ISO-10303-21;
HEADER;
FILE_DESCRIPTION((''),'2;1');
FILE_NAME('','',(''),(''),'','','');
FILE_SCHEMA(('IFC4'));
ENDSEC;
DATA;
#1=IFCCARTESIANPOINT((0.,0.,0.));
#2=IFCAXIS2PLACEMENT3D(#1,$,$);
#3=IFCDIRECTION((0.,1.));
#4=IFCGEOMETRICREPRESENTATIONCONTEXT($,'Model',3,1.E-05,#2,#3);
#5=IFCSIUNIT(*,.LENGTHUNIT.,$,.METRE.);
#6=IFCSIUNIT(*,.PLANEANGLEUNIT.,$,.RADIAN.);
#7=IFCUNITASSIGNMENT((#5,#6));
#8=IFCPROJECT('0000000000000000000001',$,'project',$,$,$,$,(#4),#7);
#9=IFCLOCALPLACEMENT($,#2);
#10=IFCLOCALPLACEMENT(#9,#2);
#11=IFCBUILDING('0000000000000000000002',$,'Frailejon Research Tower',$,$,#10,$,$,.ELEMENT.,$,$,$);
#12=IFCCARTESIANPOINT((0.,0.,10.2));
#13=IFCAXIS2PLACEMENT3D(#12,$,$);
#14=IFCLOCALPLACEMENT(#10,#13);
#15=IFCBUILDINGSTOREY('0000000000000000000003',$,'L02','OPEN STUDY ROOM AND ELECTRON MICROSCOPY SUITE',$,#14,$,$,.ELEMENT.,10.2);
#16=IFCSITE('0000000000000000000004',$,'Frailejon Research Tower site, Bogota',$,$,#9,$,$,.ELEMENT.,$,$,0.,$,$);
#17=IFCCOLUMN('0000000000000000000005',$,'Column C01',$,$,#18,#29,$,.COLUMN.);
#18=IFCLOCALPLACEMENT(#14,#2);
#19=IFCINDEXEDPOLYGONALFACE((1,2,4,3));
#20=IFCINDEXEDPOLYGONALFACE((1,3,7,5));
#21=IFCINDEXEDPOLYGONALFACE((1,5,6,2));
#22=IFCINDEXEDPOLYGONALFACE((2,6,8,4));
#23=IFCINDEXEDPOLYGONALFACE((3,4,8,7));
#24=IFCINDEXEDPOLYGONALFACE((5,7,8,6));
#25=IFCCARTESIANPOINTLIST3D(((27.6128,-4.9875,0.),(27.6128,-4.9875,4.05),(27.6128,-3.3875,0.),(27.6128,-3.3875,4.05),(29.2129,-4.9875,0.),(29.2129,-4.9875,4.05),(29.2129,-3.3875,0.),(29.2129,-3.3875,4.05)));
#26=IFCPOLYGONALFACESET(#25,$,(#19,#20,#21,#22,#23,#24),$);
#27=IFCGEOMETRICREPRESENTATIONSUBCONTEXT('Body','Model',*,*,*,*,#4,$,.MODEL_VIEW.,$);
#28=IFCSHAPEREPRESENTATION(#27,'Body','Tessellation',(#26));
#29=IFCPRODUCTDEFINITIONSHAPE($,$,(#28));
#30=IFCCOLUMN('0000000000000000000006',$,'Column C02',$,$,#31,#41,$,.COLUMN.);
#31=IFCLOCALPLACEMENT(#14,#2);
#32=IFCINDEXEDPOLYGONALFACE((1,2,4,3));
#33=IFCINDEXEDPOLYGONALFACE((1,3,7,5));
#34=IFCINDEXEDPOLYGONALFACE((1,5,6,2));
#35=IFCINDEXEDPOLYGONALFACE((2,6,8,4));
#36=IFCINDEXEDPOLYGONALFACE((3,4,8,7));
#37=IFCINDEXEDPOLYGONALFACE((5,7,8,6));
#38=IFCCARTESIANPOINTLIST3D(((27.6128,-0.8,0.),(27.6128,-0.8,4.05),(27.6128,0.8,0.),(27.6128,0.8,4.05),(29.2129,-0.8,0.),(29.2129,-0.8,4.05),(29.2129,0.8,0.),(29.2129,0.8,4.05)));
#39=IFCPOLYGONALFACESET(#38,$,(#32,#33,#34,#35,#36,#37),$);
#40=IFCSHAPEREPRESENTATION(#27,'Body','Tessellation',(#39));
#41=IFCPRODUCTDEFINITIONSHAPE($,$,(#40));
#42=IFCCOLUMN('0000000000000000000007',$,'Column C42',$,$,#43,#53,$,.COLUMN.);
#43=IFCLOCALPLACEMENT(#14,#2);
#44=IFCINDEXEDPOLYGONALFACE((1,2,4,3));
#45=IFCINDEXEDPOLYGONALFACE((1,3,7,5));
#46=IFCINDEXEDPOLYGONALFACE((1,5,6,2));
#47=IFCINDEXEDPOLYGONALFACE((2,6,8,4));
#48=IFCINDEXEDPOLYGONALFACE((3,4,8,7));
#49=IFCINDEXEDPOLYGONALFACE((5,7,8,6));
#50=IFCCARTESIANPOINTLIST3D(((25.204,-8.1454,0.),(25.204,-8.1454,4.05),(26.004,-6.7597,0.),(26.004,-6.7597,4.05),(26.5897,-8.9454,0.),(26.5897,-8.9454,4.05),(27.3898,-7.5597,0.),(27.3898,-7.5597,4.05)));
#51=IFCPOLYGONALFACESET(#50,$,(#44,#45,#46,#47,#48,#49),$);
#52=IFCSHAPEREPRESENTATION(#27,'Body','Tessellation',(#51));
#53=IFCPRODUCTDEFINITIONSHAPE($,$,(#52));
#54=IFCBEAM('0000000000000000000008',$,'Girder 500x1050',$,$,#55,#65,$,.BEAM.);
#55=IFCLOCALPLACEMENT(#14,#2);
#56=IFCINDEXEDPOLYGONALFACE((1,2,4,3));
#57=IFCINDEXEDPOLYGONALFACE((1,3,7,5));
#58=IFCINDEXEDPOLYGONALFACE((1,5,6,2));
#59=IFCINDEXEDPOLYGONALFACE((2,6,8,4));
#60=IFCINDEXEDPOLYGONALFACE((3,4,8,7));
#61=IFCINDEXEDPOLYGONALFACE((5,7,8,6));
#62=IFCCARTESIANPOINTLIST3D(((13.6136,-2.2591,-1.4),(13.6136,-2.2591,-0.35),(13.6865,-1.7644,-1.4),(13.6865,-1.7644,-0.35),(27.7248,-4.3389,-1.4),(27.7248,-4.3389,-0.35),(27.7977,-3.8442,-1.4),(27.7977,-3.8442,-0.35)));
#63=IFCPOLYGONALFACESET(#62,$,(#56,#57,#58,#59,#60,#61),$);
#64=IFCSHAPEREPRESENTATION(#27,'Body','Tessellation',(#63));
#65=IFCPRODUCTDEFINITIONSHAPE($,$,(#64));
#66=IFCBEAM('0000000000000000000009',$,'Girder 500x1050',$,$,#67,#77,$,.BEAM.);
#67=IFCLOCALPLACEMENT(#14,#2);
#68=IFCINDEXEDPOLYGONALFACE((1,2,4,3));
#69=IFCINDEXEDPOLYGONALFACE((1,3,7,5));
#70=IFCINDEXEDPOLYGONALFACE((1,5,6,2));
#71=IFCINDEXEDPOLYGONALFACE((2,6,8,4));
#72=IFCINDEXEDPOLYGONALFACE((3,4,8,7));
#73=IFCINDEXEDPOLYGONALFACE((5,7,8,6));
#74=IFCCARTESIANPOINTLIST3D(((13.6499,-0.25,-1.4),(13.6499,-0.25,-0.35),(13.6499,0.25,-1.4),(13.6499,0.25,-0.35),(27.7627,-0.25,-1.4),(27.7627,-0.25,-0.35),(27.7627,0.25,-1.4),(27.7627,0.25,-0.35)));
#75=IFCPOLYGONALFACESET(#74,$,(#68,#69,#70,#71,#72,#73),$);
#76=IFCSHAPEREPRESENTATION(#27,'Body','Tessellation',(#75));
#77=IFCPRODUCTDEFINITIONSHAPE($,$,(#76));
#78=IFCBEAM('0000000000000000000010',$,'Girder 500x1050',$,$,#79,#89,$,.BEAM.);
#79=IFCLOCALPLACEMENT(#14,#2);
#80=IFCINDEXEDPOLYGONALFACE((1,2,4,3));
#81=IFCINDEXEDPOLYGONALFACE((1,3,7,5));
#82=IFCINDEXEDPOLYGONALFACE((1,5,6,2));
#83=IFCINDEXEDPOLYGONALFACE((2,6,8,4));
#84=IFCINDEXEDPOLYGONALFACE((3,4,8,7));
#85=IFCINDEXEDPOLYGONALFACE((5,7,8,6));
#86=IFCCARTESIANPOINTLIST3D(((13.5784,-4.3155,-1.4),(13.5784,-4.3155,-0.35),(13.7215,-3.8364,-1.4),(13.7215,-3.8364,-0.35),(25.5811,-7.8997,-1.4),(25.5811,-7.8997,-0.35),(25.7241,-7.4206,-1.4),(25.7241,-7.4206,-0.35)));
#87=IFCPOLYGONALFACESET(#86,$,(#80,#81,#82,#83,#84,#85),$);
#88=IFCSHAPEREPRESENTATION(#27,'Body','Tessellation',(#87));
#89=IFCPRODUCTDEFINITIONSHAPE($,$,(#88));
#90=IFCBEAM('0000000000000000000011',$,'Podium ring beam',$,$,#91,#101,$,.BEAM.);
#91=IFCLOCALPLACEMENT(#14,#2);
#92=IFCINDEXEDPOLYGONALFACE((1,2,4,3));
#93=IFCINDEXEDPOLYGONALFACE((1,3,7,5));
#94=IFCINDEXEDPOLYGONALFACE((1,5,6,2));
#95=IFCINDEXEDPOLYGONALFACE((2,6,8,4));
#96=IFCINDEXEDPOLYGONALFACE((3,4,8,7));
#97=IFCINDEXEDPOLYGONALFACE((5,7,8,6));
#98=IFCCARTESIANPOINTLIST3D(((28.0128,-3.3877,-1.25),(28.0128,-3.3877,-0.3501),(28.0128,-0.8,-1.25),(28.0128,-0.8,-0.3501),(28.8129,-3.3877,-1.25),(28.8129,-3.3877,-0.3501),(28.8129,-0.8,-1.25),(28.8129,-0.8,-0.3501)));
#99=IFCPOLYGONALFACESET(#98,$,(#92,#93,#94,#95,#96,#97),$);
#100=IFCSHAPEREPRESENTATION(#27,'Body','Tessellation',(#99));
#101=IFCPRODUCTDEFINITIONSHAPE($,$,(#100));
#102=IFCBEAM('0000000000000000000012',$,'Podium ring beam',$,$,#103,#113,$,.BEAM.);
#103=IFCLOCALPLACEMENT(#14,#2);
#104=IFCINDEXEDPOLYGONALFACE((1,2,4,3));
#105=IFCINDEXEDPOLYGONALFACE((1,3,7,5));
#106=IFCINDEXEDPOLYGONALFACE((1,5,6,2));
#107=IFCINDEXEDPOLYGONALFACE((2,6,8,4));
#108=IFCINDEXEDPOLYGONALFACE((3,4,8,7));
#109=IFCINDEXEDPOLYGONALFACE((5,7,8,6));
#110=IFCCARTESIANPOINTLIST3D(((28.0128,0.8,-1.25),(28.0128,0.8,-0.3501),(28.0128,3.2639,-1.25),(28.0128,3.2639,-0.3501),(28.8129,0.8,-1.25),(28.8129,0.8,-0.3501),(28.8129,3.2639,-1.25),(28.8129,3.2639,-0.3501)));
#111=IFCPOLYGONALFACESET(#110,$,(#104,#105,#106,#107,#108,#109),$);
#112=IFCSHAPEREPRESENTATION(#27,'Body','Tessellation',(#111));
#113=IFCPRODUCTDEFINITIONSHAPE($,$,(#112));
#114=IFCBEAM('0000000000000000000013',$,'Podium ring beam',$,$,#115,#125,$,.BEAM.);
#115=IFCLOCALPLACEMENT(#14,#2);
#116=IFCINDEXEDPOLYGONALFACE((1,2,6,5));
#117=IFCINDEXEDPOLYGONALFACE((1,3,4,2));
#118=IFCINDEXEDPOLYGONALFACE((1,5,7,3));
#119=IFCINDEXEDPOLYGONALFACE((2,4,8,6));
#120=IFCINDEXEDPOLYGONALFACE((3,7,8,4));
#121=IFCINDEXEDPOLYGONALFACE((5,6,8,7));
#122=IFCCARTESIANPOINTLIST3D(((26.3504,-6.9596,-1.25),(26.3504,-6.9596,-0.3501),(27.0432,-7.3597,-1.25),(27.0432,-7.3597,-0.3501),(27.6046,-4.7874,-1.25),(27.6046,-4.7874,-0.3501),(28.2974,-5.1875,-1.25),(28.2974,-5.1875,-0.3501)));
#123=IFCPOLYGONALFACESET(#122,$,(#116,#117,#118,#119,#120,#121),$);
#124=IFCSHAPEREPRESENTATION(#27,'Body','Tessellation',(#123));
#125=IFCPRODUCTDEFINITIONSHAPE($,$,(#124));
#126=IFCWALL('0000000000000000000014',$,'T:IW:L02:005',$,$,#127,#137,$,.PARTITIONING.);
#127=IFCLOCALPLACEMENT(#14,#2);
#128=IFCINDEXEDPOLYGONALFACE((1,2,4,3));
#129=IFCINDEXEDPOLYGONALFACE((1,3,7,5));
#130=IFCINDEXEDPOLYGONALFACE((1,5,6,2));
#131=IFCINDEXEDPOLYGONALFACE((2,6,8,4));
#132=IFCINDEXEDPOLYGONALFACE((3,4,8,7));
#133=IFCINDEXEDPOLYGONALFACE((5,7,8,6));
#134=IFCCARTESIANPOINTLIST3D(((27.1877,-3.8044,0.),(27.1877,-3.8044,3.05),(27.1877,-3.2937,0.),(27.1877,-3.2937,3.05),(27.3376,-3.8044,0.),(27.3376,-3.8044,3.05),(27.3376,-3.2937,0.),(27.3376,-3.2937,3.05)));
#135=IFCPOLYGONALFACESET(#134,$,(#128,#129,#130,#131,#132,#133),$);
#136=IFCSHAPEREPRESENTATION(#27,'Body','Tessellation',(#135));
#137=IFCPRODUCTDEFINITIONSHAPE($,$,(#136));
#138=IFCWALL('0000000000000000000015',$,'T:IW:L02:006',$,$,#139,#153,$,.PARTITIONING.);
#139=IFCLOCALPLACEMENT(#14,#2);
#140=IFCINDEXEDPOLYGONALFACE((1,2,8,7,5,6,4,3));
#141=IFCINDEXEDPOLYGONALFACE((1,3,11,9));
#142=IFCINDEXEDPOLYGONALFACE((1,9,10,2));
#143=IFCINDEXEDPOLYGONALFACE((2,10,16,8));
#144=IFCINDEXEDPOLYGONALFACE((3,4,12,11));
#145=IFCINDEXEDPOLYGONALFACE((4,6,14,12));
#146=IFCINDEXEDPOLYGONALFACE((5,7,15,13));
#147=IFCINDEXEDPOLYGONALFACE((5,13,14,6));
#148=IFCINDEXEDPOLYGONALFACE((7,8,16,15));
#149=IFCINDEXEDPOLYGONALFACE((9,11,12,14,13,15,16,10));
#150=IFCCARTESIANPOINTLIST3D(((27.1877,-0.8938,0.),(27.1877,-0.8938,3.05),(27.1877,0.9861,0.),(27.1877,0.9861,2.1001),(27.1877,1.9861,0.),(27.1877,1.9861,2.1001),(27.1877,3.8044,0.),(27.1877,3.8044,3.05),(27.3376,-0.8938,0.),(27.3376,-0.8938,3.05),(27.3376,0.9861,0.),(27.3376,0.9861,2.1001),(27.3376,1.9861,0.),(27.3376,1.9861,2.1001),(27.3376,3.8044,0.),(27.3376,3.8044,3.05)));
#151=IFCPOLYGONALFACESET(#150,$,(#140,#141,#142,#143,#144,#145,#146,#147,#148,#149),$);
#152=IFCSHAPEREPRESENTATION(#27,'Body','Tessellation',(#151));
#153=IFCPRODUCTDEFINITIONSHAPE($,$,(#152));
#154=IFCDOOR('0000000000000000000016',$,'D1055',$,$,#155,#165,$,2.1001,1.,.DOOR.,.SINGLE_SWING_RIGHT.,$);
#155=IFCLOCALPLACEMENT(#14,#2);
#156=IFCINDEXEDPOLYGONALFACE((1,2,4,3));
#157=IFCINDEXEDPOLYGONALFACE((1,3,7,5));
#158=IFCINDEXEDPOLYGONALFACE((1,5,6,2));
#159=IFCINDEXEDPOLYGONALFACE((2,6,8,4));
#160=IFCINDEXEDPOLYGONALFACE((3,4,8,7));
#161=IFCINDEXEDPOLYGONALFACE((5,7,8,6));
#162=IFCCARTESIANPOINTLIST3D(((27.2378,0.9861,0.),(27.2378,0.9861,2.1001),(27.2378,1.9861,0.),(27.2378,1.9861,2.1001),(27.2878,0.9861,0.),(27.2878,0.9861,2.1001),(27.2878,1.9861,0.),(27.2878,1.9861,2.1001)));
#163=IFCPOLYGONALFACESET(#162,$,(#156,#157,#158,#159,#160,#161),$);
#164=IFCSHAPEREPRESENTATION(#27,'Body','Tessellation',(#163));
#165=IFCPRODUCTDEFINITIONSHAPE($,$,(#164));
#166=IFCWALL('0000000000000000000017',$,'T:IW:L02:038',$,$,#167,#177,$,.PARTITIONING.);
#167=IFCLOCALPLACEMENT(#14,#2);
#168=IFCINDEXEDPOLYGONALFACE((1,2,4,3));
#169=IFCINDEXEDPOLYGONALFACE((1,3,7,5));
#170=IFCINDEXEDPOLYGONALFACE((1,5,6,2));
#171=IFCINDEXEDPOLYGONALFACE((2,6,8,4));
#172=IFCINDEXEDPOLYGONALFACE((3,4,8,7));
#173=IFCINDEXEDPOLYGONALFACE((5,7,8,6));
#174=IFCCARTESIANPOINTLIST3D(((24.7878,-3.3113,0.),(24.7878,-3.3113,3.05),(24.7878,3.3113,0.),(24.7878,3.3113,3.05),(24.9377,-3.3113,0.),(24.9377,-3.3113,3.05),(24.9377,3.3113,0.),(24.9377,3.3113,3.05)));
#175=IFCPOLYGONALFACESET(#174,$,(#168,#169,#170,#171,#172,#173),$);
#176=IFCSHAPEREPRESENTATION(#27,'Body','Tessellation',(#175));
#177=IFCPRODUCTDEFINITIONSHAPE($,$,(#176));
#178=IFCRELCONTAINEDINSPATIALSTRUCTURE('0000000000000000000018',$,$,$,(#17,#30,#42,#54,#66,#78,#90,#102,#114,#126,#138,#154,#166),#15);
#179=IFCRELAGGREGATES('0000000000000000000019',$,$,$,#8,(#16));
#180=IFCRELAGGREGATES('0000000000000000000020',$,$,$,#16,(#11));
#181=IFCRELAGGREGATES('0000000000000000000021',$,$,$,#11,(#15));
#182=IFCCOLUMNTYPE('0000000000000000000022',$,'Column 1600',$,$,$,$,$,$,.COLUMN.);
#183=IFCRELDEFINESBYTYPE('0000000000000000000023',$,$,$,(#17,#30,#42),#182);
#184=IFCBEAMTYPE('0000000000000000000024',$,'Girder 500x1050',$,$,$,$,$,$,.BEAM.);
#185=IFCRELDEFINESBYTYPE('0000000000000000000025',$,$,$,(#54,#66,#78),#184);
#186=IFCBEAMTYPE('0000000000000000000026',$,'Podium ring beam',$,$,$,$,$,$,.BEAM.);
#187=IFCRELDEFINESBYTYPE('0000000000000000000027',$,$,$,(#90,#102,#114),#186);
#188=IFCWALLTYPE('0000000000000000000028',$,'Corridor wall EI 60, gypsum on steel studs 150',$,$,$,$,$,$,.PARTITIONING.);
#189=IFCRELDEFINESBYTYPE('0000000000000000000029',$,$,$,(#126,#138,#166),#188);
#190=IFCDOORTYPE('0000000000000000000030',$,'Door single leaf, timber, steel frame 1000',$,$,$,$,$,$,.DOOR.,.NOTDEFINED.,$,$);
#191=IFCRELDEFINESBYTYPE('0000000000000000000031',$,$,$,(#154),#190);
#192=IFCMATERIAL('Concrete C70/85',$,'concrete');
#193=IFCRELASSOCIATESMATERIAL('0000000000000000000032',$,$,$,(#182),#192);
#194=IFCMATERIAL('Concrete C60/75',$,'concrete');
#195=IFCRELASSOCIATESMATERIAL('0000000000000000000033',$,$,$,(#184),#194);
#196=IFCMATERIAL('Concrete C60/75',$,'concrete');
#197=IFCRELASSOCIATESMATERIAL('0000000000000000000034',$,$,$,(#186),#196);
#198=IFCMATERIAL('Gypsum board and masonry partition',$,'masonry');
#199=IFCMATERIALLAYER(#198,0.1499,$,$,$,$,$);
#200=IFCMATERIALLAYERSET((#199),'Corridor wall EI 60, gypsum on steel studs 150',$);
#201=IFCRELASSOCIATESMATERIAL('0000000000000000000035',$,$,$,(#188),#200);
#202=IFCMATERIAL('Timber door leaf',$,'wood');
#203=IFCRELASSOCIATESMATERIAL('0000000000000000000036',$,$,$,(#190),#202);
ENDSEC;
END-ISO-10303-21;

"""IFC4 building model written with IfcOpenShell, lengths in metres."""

from ifc_helpers import new_model, si_unit, direction, frame, frame_2d, origin, origin_2d, place, context, subcontext, project, spatial, rectangle, extrude, material, layer, layer_set, material_profile, profile_set, type_object, element, fill, save


model = new_model("IFC4")

# Units and contexts
model_context = context("Model", 3, precision=1e-05, world=origin(), true_north=direction((0.0, 1.0)))
body_context = subcontext(model_context, "Body", "Model", "MODEL_VIEW")
ifc_project = project(units=[si_unit("LENGTHUNIT", "METRE"), si_unit("PLANEANGLEUNIT", "RADIAN")], contexts=[model_context])

# Site, building, storey
site_placement = place(None, origin())
site = spatial("IfcSite", under=ifc_project, at=site_placement, Name="Frailejon Research Tower site, Bogota", CompositionType="ELEMENT", RefElevation=0.0)
building_placement = place(site_placement, origin())
building = spatial("IfcBuilding", under=site, at=building_placement, Name="Frailejon Research Tower", CompositionType="ELEMENT")
storey_placement = place(building_placement, frame((0.0, 0.0, 10.2)))
storey = spatial("IfcBuildingStorey", under=building, at=storey_placement, Name="L02", Description="OPEN STUDY ROOM AND ELECTRON MICROSCOPY SUITE", CompositionType="ELEMENT", Elevation=10.2)

# Columns
ifc_material_1 = material(Name="Concrete C70/85", Category="concrete")
ifc_material_profile_1 = material_profile(ifc_material_1, rectangle(XDim=1.6001, YDim=1.6001, at=origin_2d()), Name="Column 1600")
ifc_profile_set_1 = profile_set([ifc_material_profile_1], Name="Concrete C70/85")
column_type = type_object("IfcColumnType", Name="Column 1600", PredefinedType="COLUMN", material=ifc_profile_set_1)
for number, where, z_axis, x_axis, name in (
    (1, (28.4128, -4.1875, 0.0), (0.0, 0.0, 1.0), (0.0, 1.0, 0.0), "Column C01"),
    (2, (28.4128, 0.0, 0.0), (0.0, 0.0, 1.0), (0.0, 1.0, 0.0), "Column C02"),
    (3, (26.2969, -7.8525, 0.0), (0.0, 0.0, 1.0), (0.5, 0.866025, 0.0), "Column C42"),
):
    element("IfcColumn", number, at=place(storey_placement, frame(where, z_axis=z_axis, x_axis=x_axis)), inside=storey, type_object=column_type, Name=name, PredefinedType="COLUMN", context=body_context, shape_type="SweptSolid", body=[
        extrude(rectangle(XDim=1.6001, YDim=1.6001, at=origin_2d()), origin(), (0.0, 0.0, 1.0), 4.05),
    ])

# Beams
ifc_material_2 = material(Name="Concrete C60/75", Category="concrete")
ifc_material_profile_2 = material_profile(ifc_material_2, rectangle(XDim=0.5, YDim=1.05, at=origin_2d()), Name="Girder 500x1050")
ifc_profile_set_2 = profile_set([ifc_material_profile_2], Name="Concrete C60/75")
beam_type_1 = type_object("IfcBeamType", Name="Girder 500x1050", PredefinedType="BEAM", material=ifc_profile_set_2)
beam_1_placement = place(storey_placement, frame((27.7612, -4.0916, -0.875), z_axis=(-0.989312, 0.145812, 0.0), x_axis=(-0.145812, -0.989312, 0.0)))
element("IfcBeam", 4, at=beam_1_placement, inside=storey, type_object=beam_type_1, Name="Girder 500x1050", PredefinedType="BEAM", context=body_context, shape_type="SweptSolid", body=[
    extrude(rectangle(XDim=0.5, YDim=1.05, at=origin_2d()), origin(), (0.0, 0.0, 1.0), 14.2637),
])
beam_2_placement = place(storey_placement, frame((27.7627, 0.0, -0.875), z_axis=(-1.0, 0.0, 0.0), x_axis=(0.0, -1.0, 0.0)))
element("IfcBeam", 5, at=beam_2_placement, inside=storey, type_object=beam_type_1, Name="Girder 500x1050", PredefinedType="BEAM", context=body_context, shape_type="SweptSolid", body=[
    extrude(rectangle(XDim=0.5, YDim=1.05, at=origin_2d()), origin(), (0.0, 0.0, 1.0), 14.1128),
])
beam_3_placement = place(storey_placement, frame((25.6526, -7.6602, -0.875), z_axis=(-0.95819, 0.286134, 0.0), x_axis=(-0.286134, -0.95819, 0.0)))
element("IfcBeam", 6, at=beam_3_placement, inside=storey, type_object=beam_type_1, Name="Girder 500x1050", PredefinedType="BEAM", context=body_context, shape_type="SweptSolid", body=[
    extrude(rectangle(XDim=0.5, YDim=1.05, at=origin_2d()), origin(), (0.0, 0.0, 1.0), 12.5264),
])
ifc_material_3 = material(Name="Concrete C60/75", Category="concrete")
ifc_material_profile_3 = material_profile(ifc_material_3, rectangle(XDim=0.8, YDim=0.8999, at=origin_2d()), Name="Podium ring beam")
ifc_profile_set_3 = profile_set([ifc_material_profile_3], Name="Concrete C60/75")
beam_type_2 = type_object("IfcBeamType", Name="Podium ring beam", PredefinedType="BEAM", material=ifc_profile_set_3)
beam_4_placement = place(storey_placement, frame((28.4128, -3.3877, -0.8), z_axis=(0.0, 1.0, 0.0), x_axis=(-1.0, 0.0, 0.0)))
element("IfcBeam", 7, at=beam_4_placement, inside=storey, type_object=beam_type_2, Name="Podium ring beam", PredefinedType="BEAM", context=body_context, shape_type="SweptSolid", body=[
    extrude(rectangle(XDim=0.8, YDim=0.8999, at=origin_2d()), origin(), (0.0, 0.0, 1.0), 2.5876),
])
beam_5_placement = place(storey_placement, frame((28.4128, 0.8, -0.8), z_axis=(0.0, 1.0, 0.0), x_axis=(-1.0, 0.0, 0.0)))
element("IfcBeam", 8, at=beam_5_placement, inside=storey, type_object=beam_type_2, Name="Podium ring beam", PredefinedType="BEAM", context=body_context, shape_type="SweptSolid", body=[
    extrude(rectangle(XDim=0.8, YDim=0.8999, at=origin_2d()), origin(), (0.0, 0.0, 1.0), 2.4639),
])
beam_6_placement = place(storey_placement, frame((26.6968, -7.1597, -0.8), z_axis=(0.500023, 0.866012, 0.0), x_axis=(-0.866012, 0.500023, 0.0)))
element("IfcBeam", 9, at=beam_6_placement, inside=storey, type_object=beam_type_2, Name="Podium ring beam", PredefinedType="BEAM", context=body_context, shape_type="SweptSolid", body=[
    extrude(rectangle(XDim=0.8, YDim=0.8999, at=origin_2d()), origin(), (0.0, 0.0, 1.0), 2.5083),
])

# Wall
ifc_material_4 = material(Name="Gypsum board and masonry partition", Category="masonry")
ifc_layer_1 = layer(ifc_material_4, 0.1499)
ifc_layer_set_1 = layer_set([ifc_layer_1], Name="Corridor wall EI 60, gypsum on steel studs 150")
wall_type_1 = type_object("IfcWallType", Name="Corridor wall EI 60, gypsum on steel studs 150", PredefinedType="PARTITIONING", material=ifc_layer_set_1)
wall_1_placement = place(storey_placement, frame((27.2627, -3.8044, 0.0), z_axis=(0.0, 0.0, 1.0), x_axis=(0.0, 1.0, 0.0)))
element("IfcWall", 10, at=wall_1_placement, inside=storey, type_object=wall_type_1, Name="T:IW:L02:005", PredefinedType="PARTITIONING", context=body_context, shape_type="SweptSolid", body=[
    extrude(rectangle(XDim=0.5107, YDim=0.1499, at=frame_2d((0.2554, 0.0))), origin(), (0.0, 0.0, 1.0), 3.05),
])

# Wall, opening, door
wall_2_placement = place(storey_placement, frame((27.2627, -0.8938, 0.0), z_axis=(0.0, 0.0, 1.0), x_axis=(0.0, 1.0, 0.0)))
wall_2 = element("IfcWall", 11, at=wall_2_placement, inside=storey, type_object=wall_type_1, Name="T:IW:L02:006", PredefinedType="PARTITIONING", context=body_context, shape_type="SweptSolid", body=[
    extrude(rectangle(XDim=4.6982, YDim=0.1499, at=frame_2d((2.3491, 0.0))), origin(), (0.0, 0.0, 1.0), 3.05),
])
opening_1_placement = place(wall_2_placement, frame((1.8799, 0.0, 0.0)))
opening_1 = element("IfcOpeningElement", 12, at=opening_1_placement, cuts=wall_2, PredefinedType="OPENING", context=body_context, shape_type="SweptSolid", body=[
    extrude(rectangle(XDim=1.0, YDim=2.1001, at=frame_2d((0.5, 1.05))), frame((0.0, 0.085, 0.0), z_axis=(0.0, -1.0, 0.0), x_axis=(1.0, 0.0, 0.0)), (0.0, 0.0, 1.0), 0.1699),
])
ifc_material_5 = material(Name="Timber door leaf", Category="wood")
door_type_1 = type_object("IfcDoorType", Name="Door single leaf, timber, steel frame 1000", OperationType="NOTDEFINED", PredefinedType="DOOR", material=ifc_material_5)
door_1_placement = place(opening_1_placement, origin())
door_1 = element("IfcDoor", 13, at=door_1_placement, inside=storey, type_object=door_type_1, Name="D1055", OperationType="SINGLE_SWING_RIGHT", OverallHeight=2.1001, OverallWidth=1.0, PredefinedType="DOOR", context=body_context, shape_type="SweptSolid", body=[
    extrude(rectangle(XDim=1.0, YDim=2.1001, at=frame_2d((0.5, 1.05))), frame((0.0, 0.0249, 0.0), z_axis=(0.0, -1.0, 0.0), x_axis=(1.0, 0.0, 0.0)), (0.0, 0.0, 1.0), 0.05),
])
fill(opening_1, door_1)

# Wall
wall_3_placement = place(storey_placement, frame((24.8628, -3.3113, 0.0), z_axis=(0.0, 0.0, 1.0), x_axis=(0.0, 1.0, 0.0)))
element("IfcWall", 14, at=wall_3_placement, inside=storey, type_object=wall_type_1, Name="T:IW:L02:038", PredefinedType="PARTITIONING", context=body_context, shape_type="SweptSolid", body=[
    extrude(rectangle(XDim=6.6226, YDim=0.1499, at=frame_2d((3.3113, 0.0))), origin(), (0.0, 0.0, 1.0), 3.05),
])

save(model, "model.ifc")
